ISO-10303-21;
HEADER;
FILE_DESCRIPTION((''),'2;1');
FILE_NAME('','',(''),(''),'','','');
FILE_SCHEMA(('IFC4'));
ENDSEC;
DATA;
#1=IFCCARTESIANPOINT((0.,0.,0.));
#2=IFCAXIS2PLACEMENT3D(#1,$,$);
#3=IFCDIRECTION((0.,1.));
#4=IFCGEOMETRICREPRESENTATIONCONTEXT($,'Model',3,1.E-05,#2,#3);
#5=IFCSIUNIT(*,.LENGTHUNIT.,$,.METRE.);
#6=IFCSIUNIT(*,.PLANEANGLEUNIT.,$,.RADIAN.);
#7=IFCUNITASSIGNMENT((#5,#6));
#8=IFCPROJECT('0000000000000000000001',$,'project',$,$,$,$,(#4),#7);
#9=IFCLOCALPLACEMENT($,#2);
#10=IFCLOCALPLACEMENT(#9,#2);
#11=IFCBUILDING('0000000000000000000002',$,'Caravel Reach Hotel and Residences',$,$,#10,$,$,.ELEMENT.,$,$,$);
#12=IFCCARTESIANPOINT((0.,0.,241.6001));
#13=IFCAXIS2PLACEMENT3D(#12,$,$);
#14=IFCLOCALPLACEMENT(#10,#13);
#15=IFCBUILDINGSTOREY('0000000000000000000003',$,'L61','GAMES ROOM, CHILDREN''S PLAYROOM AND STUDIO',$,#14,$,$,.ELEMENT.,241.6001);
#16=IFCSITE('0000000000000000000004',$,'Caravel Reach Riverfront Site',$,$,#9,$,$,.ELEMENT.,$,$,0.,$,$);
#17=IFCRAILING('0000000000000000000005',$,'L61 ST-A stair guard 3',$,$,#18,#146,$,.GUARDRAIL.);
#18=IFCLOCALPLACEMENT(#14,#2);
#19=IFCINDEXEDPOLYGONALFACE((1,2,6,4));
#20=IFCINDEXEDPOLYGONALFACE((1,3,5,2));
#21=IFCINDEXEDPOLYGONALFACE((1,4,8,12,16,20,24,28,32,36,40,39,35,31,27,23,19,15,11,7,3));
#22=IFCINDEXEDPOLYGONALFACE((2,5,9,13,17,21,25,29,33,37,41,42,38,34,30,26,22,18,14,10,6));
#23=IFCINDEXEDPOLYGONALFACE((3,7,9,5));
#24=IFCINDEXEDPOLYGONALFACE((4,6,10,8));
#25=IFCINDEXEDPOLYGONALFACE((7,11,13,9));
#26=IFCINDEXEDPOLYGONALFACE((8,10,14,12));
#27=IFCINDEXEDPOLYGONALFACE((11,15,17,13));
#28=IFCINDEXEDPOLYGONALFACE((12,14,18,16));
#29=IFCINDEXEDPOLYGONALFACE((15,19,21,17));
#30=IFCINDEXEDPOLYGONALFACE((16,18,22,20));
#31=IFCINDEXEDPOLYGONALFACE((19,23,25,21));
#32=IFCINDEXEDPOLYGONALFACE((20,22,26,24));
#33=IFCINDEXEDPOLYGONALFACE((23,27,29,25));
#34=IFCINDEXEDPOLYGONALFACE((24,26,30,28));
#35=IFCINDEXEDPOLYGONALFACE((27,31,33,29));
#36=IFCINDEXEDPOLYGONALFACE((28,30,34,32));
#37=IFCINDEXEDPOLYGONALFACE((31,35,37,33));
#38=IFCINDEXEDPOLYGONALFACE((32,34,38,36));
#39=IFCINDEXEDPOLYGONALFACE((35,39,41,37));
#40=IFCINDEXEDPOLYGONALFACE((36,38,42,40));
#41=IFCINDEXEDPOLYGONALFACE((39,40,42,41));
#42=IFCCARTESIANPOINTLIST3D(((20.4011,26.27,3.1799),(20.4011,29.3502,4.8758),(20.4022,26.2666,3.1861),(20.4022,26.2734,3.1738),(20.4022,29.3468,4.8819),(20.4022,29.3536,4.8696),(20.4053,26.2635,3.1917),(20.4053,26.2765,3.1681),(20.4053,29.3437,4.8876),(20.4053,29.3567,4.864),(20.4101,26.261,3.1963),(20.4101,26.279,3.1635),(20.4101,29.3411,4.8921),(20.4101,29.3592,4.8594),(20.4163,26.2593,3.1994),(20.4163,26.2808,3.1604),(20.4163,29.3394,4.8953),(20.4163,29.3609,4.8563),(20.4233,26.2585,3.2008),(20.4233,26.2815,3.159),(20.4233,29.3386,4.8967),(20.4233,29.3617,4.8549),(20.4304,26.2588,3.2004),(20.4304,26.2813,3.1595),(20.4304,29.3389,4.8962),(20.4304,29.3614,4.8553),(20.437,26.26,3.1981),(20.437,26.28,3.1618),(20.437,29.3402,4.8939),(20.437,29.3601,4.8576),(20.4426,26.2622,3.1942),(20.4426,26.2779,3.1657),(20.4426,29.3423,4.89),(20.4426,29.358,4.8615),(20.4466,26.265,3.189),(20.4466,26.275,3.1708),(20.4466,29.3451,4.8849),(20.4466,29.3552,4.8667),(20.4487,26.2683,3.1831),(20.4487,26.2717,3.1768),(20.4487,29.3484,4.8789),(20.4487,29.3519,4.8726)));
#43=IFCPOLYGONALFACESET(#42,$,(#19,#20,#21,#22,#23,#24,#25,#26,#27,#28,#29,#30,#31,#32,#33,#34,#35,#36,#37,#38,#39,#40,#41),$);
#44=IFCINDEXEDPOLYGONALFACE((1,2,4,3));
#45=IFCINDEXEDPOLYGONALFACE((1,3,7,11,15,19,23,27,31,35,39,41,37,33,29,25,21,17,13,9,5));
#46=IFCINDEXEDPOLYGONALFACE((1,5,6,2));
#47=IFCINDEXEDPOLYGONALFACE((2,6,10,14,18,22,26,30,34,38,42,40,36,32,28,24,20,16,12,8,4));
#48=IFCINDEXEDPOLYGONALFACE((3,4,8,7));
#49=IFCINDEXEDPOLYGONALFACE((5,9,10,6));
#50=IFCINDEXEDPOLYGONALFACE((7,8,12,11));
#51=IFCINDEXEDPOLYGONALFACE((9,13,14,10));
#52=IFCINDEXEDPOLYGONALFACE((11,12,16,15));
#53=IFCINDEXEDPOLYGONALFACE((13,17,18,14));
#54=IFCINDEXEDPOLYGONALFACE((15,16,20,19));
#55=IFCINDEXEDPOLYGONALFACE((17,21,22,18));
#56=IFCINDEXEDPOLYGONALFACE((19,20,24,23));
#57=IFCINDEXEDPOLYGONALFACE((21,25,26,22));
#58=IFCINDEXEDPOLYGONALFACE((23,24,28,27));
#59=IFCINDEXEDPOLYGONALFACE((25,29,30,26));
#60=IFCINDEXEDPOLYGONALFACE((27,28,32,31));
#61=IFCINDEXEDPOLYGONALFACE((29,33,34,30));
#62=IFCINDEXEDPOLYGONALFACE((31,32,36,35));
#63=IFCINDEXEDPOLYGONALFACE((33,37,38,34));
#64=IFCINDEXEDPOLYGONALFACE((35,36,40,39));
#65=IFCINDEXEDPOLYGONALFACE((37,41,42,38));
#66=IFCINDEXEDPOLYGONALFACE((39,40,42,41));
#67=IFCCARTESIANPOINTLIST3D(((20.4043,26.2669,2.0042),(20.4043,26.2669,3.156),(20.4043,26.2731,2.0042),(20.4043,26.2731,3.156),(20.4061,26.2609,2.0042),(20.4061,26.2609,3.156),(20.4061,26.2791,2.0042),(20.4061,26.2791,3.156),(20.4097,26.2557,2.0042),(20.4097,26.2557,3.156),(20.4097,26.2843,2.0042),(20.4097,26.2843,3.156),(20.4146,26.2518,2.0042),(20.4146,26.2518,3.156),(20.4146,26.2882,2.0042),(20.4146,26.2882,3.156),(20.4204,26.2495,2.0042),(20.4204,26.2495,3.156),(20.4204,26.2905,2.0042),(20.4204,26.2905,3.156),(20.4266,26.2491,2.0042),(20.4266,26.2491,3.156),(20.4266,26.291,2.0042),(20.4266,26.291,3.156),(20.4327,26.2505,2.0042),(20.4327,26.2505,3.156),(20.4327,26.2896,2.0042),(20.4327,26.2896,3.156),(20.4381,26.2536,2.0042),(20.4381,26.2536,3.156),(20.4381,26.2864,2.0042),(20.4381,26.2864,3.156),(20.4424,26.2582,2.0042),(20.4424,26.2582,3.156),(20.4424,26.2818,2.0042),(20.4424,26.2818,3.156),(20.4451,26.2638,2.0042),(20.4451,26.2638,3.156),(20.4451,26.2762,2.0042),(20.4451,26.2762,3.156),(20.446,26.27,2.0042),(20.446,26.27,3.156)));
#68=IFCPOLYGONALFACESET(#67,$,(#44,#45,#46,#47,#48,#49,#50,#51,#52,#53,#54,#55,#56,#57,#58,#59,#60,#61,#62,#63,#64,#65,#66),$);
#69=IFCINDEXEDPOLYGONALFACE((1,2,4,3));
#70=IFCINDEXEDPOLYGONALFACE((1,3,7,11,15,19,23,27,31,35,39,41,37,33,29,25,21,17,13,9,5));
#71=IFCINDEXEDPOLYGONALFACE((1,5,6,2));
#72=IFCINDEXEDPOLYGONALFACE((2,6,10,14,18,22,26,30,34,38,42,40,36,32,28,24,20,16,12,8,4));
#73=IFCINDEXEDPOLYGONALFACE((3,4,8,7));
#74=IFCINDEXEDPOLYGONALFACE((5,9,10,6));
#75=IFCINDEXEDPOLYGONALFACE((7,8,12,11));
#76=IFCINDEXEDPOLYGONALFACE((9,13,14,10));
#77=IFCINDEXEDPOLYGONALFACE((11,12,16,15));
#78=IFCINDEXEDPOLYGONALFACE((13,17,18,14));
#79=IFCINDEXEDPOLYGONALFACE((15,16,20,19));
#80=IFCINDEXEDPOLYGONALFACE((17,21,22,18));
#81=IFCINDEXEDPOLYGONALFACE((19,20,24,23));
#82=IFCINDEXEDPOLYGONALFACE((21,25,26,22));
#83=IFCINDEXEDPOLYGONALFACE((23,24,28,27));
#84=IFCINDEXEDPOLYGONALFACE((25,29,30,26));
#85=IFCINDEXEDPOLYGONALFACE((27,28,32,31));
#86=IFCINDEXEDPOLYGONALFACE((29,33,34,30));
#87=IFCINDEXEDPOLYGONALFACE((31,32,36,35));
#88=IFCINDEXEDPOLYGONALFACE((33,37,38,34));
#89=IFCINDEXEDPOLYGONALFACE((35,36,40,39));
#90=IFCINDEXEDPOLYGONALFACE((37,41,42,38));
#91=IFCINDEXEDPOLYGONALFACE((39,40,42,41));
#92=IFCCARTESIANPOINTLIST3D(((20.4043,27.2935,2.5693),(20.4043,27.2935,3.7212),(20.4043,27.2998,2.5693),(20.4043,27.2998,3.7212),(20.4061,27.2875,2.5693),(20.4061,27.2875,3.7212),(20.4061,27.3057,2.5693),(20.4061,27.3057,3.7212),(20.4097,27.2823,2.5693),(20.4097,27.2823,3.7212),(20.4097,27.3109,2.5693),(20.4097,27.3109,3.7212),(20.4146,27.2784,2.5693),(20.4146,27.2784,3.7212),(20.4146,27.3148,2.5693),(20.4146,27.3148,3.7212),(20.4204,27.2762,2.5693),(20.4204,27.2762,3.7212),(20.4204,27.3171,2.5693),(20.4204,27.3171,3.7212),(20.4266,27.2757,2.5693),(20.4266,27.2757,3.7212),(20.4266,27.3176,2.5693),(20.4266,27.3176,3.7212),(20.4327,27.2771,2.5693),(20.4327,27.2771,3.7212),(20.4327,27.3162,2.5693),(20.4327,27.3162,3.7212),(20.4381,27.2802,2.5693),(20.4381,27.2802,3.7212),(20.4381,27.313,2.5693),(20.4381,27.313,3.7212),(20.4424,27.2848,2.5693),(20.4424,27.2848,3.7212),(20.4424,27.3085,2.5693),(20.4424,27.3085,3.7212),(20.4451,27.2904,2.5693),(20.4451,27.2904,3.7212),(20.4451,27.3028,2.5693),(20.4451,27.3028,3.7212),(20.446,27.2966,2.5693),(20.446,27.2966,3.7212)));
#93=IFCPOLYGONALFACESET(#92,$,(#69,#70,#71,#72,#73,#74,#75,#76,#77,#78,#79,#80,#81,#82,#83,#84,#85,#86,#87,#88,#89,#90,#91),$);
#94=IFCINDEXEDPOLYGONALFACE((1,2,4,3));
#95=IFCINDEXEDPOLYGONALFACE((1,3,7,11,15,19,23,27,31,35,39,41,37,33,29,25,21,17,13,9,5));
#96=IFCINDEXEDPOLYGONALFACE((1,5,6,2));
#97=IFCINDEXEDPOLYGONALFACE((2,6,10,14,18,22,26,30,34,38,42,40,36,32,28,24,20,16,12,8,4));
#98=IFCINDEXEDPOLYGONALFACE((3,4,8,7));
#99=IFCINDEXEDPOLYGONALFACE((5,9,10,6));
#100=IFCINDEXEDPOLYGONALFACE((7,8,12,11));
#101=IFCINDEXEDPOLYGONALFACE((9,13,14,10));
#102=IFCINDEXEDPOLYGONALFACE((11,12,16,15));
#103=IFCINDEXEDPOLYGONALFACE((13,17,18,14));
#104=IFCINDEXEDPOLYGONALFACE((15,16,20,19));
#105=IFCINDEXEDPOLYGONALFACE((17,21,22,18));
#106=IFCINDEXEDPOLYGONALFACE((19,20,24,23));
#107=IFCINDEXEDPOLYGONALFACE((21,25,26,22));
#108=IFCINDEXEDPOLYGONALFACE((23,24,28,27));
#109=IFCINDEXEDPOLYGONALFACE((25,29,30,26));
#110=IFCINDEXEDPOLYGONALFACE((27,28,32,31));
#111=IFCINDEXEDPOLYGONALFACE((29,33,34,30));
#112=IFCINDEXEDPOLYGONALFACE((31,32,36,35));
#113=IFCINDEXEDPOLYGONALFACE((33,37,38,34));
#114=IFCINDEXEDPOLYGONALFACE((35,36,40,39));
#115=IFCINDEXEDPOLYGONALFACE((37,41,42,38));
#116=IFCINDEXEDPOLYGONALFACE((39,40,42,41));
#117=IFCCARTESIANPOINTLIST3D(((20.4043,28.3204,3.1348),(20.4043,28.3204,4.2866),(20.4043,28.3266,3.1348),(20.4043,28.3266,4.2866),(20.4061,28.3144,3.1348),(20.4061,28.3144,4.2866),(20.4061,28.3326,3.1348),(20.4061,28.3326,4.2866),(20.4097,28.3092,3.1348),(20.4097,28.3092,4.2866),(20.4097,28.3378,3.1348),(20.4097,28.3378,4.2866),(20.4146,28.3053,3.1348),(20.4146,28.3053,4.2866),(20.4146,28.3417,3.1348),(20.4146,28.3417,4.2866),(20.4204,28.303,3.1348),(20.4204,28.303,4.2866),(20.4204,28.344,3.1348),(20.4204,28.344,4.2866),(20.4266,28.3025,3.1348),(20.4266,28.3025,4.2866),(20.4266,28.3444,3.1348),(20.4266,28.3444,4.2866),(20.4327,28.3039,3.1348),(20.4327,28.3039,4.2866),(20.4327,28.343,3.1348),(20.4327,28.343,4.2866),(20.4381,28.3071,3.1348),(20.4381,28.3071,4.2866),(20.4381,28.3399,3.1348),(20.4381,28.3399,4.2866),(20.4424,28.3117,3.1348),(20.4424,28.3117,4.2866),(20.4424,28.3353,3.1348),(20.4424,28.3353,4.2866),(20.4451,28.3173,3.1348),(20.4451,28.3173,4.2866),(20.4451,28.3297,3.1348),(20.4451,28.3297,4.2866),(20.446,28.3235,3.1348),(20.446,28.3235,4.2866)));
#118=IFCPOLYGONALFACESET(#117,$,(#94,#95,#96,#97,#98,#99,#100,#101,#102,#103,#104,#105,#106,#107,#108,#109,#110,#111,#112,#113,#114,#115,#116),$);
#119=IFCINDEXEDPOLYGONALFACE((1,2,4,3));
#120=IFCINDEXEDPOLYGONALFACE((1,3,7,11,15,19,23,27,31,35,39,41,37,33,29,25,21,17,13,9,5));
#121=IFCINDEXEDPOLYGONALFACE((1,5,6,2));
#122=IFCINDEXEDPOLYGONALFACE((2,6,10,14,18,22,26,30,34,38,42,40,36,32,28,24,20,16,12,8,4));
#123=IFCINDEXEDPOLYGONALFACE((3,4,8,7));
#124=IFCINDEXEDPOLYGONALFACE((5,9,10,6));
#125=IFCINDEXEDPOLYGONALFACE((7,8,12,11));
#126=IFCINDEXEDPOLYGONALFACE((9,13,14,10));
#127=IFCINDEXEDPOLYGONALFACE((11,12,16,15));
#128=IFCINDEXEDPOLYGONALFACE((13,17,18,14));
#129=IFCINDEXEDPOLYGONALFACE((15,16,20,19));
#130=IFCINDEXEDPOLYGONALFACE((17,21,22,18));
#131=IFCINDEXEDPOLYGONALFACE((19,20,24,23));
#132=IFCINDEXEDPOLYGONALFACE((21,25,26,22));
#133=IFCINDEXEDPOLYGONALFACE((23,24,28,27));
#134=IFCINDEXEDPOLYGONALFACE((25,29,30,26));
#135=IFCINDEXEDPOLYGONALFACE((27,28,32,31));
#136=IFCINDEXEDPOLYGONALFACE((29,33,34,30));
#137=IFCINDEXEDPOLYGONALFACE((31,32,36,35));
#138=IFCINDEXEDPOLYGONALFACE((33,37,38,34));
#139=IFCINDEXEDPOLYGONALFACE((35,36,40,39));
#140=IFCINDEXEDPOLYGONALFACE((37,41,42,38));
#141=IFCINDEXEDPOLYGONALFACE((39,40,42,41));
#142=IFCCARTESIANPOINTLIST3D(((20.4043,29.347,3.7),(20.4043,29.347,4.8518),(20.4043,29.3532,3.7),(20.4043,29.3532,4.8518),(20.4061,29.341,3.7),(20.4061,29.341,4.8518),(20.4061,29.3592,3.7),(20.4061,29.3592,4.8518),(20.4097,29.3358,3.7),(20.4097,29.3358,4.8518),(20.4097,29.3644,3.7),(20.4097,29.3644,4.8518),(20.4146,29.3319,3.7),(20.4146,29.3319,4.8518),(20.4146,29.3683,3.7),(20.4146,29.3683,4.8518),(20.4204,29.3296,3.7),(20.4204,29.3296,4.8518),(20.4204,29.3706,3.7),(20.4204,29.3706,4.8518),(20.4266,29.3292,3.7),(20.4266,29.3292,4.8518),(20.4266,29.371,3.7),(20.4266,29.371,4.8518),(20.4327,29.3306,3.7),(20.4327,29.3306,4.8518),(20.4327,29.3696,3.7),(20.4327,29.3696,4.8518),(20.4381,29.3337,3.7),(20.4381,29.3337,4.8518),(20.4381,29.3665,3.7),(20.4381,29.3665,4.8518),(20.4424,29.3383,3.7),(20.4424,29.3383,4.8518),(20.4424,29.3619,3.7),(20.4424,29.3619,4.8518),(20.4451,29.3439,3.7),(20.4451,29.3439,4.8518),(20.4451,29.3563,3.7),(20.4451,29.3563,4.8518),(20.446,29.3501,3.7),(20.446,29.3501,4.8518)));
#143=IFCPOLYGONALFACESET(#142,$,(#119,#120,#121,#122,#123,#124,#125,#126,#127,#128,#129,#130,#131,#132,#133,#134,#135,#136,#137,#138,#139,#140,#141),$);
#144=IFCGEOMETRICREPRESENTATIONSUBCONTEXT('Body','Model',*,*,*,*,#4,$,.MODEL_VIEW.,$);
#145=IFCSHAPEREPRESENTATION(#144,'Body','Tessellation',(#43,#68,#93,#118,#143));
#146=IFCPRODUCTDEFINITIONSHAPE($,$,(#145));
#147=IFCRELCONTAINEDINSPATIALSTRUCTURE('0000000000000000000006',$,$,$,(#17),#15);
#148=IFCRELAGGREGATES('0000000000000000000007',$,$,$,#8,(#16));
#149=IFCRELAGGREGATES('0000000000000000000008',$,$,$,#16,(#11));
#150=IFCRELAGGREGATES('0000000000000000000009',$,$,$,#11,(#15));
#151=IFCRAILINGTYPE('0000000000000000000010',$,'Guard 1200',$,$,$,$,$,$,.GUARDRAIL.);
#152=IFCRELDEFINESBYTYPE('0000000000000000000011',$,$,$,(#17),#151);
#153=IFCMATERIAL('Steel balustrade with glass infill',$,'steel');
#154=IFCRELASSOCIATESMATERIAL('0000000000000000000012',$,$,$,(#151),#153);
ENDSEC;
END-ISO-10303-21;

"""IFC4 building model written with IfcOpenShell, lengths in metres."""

from ifc_helpers import new_model, si_unit, direction, frame, origin, origin_2d, place, context, subcontext, project, spatial, circle, extrude, material, type_object, element, save


model = new_model("IFC4")

# Units and contexts
model_context = context("Model", 3, precision=1e-05, world=origin(), true_north=direction((0.0, 1.0)))
body_context = subcontext(model_context, "Body", "Model", "MODEL_VIEW")
ifc_project = project(units=[si_unit("LENGTHUNIT", "METRE"), si_unit("PLANEANGLEUNIT", "RADIAN")], contexts=[model_context])

# Site, building, storey
site_placement = place(None, origin())
site = spatial("IfcSite", under=ifc_project, at=site_placement, Name="Caravel Reach Riverfront Site", CompositionType="ELEMENT", RefElevation=0.0)
building_placement = place(site_placement, origin())
building = spatial("IfcBuilding", under=site, at=building_placement, Name="Caravel Reach Hotel and Residences", CompositionType="ELEMENT")
storey_placement = place(building_placement, frame((0.0, 0.0, 241.6001)))
storey = spatial("IfcBuildingStorey", under=building, at=storey_placement, Name="L61", Description="GAMES ROOM, CHILDREN'S PLAYROOM AND STUDIO", CompositionType="ELEMENT", Elevation=241.6001)

# Railing
ifc_material_1 = material(Name="Steel balustrade with glass infill", Category="steel")
railing_type_1 = type_object("IfcRailingType", Name="Guard 1200", PredefinedType="GUARDRAIL", material=ifc_material_1)
railing_1_placement = place(storey_placement, frame((20.425, 26.27, 2.0042)))
element("IfcRailing", 1, at=railing_1_placement, inside=storey, type_object=railing_type_1, Name="L61 ST-A stair guard 3", PredefinedType="GUARDRAIL", context=body_context, shape_type="SweptSolid", body=[
    extrude(circle(Radius=0.0239, at=origin_2d()), frame((0.0, 0.0, 1.1758), z_axis=(0.0, 0.876005, 0.482303), x_axis=(-1.0, 0.0, 0.0)), (0.0, 0.0, 1.0), 3.5161),
    extrude(circle(Radius=0.021, at=origin_2d()), origin(), (0.0, 0.0, 1.0), 1.1519),
    extrude(circle(Radius=0.021, at=origin_2d()), frame((0.0, 1.0266, 0.5652)), (0.0, 0.0, 1.0), 1.1519),
    extrude(circle(Radius=0.021, at=origin_2d()), frame((0.0, 2.0535, 1.1306)), (0.0, 0.0, 1.0), 1.1519),
    extrude(circle(Radius=0.021, at=origin_2d()), frame((0.0, 3.0801, 1.6958)), (0.0, 0.0, 1.0), 1.1519),
])

save(model, "model.ifc")
